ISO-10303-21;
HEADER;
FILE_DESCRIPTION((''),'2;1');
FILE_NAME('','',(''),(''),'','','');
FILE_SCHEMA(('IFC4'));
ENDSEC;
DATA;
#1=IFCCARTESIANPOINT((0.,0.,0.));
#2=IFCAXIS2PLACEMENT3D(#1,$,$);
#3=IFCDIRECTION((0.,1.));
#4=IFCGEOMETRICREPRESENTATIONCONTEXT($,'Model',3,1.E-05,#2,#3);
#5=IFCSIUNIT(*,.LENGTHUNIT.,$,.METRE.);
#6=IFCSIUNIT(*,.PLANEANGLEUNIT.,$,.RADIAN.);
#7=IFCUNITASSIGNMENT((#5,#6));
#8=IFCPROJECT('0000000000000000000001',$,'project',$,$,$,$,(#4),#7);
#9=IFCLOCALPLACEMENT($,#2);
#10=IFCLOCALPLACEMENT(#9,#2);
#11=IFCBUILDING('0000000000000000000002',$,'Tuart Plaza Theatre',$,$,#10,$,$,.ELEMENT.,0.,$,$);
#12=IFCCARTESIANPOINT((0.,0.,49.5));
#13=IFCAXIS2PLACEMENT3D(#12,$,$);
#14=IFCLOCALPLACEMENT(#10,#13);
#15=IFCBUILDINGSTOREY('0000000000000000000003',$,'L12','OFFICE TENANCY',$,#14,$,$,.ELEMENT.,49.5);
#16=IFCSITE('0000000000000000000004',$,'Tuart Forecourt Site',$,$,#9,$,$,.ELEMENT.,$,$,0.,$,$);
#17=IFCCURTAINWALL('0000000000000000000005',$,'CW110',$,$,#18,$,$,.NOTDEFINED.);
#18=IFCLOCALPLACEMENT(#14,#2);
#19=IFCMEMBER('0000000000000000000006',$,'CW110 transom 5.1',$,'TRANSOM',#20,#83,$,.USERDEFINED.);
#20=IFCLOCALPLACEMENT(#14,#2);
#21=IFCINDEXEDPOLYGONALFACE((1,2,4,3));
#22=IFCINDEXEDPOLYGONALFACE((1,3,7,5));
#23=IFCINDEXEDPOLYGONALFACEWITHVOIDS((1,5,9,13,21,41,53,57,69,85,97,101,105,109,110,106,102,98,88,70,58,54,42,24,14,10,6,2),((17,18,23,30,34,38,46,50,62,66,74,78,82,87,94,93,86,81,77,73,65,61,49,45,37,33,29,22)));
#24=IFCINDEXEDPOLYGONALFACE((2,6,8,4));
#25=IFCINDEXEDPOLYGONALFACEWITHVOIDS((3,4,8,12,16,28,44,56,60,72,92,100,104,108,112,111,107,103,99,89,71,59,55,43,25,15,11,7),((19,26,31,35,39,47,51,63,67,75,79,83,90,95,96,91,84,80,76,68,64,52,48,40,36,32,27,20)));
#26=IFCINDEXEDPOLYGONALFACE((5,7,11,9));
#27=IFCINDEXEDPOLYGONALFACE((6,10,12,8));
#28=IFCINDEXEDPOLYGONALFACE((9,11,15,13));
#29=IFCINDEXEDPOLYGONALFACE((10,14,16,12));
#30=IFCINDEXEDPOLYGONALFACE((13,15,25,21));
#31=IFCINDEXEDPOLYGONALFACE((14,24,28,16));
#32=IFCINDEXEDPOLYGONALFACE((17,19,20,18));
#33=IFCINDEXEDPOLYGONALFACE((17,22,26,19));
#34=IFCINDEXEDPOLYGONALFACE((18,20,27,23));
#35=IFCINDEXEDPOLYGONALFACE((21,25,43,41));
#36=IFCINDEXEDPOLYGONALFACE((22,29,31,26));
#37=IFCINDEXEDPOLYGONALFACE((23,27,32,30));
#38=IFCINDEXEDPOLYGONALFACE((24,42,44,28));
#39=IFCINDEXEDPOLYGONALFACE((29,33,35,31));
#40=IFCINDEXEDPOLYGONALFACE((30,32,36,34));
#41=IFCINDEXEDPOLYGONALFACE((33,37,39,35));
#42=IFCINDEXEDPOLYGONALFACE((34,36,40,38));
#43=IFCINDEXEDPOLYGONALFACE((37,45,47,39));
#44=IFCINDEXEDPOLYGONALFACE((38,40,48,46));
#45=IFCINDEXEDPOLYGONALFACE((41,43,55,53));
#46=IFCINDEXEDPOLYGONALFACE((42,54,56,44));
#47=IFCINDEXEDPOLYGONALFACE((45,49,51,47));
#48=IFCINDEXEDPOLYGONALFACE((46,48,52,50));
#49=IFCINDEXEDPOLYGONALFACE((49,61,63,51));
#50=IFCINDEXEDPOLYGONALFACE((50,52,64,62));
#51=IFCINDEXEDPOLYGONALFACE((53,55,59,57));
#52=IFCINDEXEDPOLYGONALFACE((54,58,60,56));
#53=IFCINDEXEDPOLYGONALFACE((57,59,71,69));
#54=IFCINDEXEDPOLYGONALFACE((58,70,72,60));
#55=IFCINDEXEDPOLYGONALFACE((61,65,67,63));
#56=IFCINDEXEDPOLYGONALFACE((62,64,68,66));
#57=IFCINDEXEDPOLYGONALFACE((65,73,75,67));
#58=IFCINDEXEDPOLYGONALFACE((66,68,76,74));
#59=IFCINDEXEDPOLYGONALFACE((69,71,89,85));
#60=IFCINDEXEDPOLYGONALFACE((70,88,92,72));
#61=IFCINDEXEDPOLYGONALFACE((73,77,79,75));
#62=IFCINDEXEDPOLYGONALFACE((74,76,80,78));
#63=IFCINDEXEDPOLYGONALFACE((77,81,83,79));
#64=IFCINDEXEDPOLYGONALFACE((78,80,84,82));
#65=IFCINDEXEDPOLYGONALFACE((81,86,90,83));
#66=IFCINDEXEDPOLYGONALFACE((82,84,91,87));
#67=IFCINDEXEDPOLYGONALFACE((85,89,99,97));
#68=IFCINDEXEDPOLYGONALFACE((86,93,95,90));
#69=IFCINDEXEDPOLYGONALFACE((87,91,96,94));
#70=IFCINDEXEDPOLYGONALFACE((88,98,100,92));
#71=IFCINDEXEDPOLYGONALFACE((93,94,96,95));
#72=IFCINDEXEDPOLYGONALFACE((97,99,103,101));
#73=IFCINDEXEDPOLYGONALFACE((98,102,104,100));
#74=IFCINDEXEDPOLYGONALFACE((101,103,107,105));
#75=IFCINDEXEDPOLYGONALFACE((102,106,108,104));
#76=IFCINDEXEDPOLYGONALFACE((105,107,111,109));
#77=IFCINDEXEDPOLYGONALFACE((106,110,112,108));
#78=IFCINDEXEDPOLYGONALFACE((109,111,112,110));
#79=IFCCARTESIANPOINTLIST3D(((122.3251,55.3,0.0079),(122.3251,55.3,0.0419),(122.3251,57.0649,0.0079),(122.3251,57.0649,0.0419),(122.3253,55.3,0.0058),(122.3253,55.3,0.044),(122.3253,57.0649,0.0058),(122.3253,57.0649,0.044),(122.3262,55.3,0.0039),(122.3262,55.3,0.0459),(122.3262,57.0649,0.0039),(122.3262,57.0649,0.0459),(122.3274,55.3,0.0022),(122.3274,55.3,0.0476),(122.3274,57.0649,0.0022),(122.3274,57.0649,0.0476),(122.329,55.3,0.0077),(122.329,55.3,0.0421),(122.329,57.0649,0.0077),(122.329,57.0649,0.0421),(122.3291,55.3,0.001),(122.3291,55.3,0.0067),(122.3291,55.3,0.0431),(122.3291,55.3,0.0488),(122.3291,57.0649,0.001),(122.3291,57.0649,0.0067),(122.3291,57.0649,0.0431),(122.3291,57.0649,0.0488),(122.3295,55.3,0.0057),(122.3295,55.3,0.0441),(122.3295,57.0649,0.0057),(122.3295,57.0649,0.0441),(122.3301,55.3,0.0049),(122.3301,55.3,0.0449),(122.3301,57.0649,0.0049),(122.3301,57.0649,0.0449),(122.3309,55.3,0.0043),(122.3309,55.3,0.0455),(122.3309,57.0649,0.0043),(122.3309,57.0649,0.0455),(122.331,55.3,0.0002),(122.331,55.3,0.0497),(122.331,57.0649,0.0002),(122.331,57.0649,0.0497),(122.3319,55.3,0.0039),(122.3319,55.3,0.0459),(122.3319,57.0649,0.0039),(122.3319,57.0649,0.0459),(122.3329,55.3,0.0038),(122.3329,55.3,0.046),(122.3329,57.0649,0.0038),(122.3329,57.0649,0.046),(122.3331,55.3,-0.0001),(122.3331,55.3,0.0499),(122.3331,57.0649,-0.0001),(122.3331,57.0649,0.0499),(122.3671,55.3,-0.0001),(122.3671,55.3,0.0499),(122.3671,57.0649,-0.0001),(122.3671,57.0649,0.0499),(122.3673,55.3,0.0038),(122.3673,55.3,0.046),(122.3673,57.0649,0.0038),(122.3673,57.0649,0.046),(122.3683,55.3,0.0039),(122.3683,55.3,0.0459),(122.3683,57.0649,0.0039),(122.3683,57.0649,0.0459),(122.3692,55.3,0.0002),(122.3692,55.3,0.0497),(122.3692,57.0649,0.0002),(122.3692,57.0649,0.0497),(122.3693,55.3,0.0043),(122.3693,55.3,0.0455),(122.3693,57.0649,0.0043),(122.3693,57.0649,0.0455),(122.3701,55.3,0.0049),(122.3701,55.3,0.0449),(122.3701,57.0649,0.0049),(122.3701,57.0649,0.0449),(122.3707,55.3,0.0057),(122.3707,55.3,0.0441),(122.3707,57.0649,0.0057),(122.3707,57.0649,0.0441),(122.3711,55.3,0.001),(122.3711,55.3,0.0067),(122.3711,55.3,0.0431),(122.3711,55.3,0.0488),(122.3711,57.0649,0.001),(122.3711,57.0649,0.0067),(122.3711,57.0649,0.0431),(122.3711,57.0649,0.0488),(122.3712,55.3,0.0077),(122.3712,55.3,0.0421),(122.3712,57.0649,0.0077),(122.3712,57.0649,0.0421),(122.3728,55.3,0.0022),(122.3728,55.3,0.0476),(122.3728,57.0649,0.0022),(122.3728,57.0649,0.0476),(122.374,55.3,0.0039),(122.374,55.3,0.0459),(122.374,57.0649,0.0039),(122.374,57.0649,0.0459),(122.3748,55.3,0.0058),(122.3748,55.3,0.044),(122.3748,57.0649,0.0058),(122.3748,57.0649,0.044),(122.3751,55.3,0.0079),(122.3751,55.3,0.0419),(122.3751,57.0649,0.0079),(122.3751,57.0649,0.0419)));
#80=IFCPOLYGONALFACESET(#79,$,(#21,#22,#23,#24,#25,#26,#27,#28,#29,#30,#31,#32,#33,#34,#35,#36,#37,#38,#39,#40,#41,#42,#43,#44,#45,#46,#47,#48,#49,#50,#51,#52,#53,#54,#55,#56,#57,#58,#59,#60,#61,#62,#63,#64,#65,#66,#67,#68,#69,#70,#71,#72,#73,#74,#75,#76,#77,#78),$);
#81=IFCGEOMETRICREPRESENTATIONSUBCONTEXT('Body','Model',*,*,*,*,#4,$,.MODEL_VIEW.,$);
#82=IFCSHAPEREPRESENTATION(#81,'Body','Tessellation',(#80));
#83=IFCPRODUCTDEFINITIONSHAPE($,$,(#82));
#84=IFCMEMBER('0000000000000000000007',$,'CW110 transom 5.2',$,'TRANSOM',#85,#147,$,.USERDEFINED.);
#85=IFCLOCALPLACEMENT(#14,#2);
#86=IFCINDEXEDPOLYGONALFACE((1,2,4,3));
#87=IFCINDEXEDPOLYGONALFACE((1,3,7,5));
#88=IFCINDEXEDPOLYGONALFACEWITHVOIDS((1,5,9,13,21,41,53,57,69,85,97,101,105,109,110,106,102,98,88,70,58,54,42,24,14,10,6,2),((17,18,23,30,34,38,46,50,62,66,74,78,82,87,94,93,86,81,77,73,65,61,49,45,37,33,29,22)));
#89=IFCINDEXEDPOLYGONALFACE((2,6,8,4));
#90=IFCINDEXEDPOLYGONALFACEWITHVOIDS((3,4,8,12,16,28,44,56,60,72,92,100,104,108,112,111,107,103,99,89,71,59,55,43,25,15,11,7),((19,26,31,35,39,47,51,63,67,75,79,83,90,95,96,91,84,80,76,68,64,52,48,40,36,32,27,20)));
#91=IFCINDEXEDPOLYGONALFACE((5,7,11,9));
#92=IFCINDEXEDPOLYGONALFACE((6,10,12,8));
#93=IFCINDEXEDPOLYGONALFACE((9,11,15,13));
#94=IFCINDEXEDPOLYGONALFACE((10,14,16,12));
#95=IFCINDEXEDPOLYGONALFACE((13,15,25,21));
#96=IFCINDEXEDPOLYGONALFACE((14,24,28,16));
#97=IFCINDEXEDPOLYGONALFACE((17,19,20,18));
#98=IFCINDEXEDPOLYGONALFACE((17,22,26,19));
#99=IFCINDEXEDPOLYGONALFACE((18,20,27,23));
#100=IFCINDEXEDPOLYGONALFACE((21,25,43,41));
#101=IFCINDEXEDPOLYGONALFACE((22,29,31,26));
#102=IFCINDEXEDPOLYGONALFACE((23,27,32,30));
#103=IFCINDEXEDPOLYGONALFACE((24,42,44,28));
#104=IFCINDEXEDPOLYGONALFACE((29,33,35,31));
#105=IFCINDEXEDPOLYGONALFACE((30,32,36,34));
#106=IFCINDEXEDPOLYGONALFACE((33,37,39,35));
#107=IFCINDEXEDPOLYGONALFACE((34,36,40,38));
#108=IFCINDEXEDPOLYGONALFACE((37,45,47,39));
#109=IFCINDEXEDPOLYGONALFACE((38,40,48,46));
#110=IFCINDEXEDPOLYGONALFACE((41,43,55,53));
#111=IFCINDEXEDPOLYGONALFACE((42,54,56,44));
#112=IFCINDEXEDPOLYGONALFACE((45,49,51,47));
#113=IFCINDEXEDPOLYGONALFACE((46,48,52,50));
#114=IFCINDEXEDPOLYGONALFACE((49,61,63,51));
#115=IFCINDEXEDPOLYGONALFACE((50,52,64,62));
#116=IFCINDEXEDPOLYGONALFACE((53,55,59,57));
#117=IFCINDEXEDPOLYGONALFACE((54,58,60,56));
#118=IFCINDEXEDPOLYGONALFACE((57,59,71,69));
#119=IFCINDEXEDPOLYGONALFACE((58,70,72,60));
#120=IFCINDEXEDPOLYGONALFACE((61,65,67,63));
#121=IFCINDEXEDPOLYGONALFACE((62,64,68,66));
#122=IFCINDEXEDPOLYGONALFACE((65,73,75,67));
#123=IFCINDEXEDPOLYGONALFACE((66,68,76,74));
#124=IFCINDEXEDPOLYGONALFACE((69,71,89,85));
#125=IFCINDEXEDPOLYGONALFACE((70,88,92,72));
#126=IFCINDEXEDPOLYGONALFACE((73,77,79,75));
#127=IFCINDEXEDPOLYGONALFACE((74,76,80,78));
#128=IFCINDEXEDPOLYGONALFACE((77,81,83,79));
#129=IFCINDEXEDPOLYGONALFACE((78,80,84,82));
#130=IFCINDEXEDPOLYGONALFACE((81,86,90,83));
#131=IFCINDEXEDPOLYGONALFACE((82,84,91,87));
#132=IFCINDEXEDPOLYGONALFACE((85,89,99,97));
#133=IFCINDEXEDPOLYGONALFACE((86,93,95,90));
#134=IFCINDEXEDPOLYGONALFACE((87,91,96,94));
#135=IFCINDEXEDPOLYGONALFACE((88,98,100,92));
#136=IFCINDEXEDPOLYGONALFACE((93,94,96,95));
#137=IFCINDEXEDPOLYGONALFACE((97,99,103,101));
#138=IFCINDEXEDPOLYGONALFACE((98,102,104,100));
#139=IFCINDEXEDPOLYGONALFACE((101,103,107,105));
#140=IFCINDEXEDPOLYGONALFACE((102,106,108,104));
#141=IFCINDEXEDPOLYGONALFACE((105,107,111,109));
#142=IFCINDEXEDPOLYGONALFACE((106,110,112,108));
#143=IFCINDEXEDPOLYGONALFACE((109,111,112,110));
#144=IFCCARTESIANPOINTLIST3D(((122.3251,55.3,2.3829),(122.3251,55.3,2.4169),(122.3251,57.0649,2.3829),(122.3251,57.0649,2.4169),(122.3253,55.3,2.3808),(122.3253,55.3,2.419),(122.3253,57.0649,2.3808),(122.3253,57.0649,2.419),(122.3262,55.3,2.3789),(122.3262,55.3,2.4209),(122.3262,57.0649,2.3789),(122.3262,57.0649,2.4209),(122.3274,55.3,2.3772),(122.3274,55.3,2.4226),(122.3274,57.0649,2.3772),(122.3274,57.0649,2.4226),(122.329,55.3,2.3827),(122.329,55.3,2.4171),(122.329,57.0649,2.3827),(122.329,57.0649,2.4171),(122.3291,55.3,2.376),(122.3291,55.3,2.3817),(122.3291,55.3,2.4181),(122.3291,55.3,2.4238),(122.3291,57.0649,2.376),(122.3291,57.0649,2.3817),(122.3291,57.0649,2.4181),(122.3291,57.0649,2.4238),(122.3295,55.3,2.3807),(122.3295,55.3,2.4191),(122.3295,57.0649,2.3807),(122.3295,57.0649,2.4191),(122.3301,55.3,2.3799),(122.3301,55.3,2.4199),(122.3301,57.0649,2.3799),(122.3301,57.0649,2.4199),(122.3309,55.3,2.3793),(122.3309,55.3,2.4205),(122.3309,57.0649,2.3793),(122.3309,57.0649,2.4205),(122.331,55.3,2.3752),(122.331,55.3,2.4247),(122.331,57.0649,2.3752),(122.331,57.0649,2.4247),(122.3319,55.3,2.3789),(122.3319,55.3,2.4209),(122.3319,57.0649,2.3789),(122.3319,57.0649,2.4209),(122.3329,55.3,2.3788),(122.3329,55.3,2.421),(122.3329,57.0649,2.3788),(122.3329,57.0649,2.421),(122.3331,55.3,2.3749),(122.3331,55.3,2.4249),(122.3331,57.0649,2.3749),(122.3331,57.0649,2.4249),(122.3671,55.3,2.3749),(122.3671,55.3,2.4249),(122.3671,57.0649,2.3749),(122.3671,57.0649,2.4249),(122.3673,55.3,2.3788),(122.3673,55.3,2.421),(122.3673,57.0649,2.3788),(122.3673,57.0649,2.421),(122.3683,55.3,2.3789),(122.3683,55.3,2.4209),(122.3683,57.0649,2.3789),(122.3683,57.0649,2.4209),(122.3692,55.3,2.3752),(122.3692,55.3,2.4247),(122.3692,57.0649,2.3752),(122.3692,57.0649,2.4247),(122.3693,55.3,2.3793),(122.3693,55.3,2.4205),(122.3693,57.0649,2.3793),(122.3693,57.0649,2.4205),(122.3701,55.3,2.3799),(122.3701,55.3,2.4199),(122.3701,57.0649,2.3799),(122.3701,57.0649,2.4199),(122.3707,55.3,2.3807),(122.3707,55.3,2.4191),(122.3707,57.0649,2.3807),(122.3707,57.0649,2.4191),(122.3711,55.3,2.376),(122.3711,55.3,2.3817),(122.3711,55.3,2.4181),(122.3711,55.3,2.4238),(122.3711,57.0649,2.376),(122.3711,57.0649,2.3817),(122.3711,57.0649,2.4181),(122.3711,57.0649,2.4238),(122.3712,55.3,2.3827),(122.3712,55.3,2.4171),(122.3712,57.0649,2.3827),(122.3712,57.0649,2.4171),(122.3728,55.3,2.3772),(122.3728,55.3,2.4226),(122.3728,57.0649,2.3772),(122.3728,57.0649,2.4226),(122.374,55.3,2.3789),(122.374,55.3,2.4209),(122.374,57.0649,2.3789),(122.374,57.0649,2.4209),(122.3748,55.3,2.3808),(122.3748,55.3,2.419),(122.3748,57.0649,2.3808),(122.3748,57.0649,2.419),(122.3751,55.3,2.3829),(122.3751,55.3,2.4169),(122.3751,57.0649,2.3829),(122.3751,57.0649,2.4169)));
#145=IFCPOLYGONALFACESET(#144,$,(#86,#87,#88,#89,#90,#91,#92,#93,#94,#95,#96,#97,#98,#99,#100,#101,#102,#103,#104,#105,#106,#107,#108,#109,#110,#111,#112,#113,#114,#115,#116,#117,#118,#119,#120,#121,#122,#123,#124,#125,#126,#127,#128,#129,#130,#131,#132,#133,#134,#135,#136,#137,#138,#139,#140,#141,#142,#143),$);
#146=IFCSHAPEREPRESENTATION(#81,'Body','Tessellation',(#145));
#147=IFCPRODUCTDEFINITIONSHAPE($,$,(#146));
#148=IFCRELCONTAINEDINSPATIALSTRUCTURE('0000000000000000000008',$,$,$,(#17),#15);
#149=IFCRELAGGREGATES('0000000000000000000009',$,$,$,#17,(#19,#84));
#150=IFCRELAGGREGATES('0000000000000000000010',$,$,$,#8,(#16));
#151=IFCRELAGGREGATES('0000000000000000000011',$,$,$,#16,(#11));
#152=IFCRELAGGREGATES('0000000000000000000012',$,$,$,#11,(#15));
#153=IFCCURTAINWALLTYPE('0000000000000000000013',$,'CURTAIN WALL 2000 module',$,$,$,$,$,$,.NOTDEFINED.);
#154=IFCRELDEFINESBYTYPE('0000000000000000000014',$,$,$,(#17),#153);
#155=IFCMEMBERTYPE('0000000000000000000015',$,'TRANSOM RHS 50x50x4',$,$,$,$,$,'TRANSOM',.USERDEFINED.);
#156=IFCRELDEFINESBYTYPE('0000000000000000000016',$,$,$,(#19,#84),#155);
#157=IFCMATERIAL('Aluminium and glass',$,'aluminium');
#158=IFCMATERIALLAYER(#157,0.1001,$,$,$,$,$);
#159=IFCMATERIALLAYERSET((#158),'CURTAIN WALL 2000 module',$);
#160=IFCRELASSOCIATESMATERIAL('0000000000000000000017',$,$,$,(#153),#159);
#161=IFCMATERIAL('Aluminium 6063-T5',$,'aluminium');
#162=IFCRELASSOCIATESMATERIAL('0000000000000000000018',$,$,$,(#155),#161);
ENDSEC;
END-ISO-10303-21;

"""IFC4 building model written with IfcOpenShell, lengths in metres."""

from ifc_helpers import new_model, si_unit, direction, frame, origin, origin_2d, place, context, subcontext, project, spatial, hollow_rectangle, extrude, material, layer, layer_set, material_profile, profile_set, type_object, element, aggregate, save


model = new_model("IFC4")

# Units and contexts
model_context = context("Model", 3, precision=1e-05, world=origin(), true_north=direction((0.0, 1.0)))
body_context = subcontext(model_context, "Body", "Model", "MODEL_VIEW")
ifc_project = project(units=[si_unit("LENGTHUNIT", "METRE"), si_unit("PLANEANGLEUNIT", "RADIAN")], contexts=[model_context])

# Site, building, storey
site_placement = place(None, origin())
site = spatial("IfcSite", under=ifc_project, at=site_placement, Name="Tuart Forecourt Site", CompositionType="ELEMENT", RefElevation=0.0)
building_placement = place(site_placement, origin())
building = spatial("IfcBuilding", under=site, at=building_placement, Name="Tuart Plaza Theatre", CompositionType="ELEMENT", ElevationOfRefHeight=0.0)
storey_placement = place(building_placement, frame((0.0, 0.0, 49.5)))
storey = spatial("IfcBuildingStorey", under=building, at=storey_placement, Name="L12", Description="OFFICE TENANCY", CompositionType="ELEMENT", Elevation=49.5)

# Curtain wall, members
ifc_material_1 = material(Name="Aluminium and glass", Category="aluminium")
ifc_layer_1 = layer(ifc_material_1, 0.1001)
ifc_layer_set_1 = layer_set([ifc_layer_1], Name="CURTAIN WALL 2000 module")
curtain_wall_type = type_object("IfcCurtainWallType", Name="CURTAIN WALL 2000 module", PredefinedType="NOTDEFINED", material=ifc_layer_set_1)
curtain_wall_placement = place(storey_placement, origin())
curtain_wall = element("IfcCurtainWall", 1, at=curtain_wall_placement, inside=storey, type_object=curtain_wall_type, Name="CW110", PredefinedType="NOTDEFINED")
ifc_material_2 = material(Name="Aluminium 6063-T5", Category="aluminium")
ifc_material_profile_1 = material_profile(ifc_material_2, hollow_rectangle(XDim=0.05, YDim=0.05, WallThickness=0.0039, InnerFilletRadius=0.0039, OuterFilletRadius=0.0081, at=origin_2d()), Name="RHS 50x50x4")
ifc_profile_set_1 = profile_set([ifc_material_profile_1], Name="Aluminium 6063-T5")
member_type_1 = type_object("IfcMemberType", Name="TRANSOM RHS 50x50x4", ElementType="TRANSOM", PredefinedType="USERDEFINED", material=ifc_profile_set_1)
member_1_placement = place(storey_placement, frame((122.3501, 57.0649, 0.0249), z_axis=(0.0, -1.0, 0.0), x_axis=(1.0, 0.0, 0.0)))
member_1 = element("IfcMember", 2, at=member_1_placement, type_object=member_type_1, Name="CW110 transom 5.1", ObjectType="TRANSOM", PredefinedType="USERDEFINED", context=body_context, shape_type="SweptSolid", body=[
    extrude(hollow_rectangle(XDim=0.05, YDim=0.05, WallThickness=0.0039, InnerFilletRadius=0.0039, OuterFilletRadius=0.0081, at=origin_2d()), origin(), (0.0, 0.0, 1.0), 1.7649),
])
member_2_placement = place(storey_placement, frame((122.3501, 57.0649, 2.3999), z_axis=(0.0, -1.0, 0.0), x_axis=(1.0, 0.0, 0.0)))
member_2 = element("IfcMember", 3, at=member_2_placement, type_object=member_type_1, Name="CW110 transom 5.2", ObjectType="TRANSOM", PredefinedType="USERDEFINED", context=body_context, shape_type="SweptSolid", body=[
    extrude(hollow_rectangle(XDim=0.05, YDim=0.05, WallThickness=0.0039, InnerFilletRadius=0.0039, OuterFilletRadius=0.0081, at=origin_2d()), origin(), (0.0, 0.0, 1.0), 1.7649),
])
aggregate(curtain_wall, [member_1, member_2])

save(model, "model.ifc")
